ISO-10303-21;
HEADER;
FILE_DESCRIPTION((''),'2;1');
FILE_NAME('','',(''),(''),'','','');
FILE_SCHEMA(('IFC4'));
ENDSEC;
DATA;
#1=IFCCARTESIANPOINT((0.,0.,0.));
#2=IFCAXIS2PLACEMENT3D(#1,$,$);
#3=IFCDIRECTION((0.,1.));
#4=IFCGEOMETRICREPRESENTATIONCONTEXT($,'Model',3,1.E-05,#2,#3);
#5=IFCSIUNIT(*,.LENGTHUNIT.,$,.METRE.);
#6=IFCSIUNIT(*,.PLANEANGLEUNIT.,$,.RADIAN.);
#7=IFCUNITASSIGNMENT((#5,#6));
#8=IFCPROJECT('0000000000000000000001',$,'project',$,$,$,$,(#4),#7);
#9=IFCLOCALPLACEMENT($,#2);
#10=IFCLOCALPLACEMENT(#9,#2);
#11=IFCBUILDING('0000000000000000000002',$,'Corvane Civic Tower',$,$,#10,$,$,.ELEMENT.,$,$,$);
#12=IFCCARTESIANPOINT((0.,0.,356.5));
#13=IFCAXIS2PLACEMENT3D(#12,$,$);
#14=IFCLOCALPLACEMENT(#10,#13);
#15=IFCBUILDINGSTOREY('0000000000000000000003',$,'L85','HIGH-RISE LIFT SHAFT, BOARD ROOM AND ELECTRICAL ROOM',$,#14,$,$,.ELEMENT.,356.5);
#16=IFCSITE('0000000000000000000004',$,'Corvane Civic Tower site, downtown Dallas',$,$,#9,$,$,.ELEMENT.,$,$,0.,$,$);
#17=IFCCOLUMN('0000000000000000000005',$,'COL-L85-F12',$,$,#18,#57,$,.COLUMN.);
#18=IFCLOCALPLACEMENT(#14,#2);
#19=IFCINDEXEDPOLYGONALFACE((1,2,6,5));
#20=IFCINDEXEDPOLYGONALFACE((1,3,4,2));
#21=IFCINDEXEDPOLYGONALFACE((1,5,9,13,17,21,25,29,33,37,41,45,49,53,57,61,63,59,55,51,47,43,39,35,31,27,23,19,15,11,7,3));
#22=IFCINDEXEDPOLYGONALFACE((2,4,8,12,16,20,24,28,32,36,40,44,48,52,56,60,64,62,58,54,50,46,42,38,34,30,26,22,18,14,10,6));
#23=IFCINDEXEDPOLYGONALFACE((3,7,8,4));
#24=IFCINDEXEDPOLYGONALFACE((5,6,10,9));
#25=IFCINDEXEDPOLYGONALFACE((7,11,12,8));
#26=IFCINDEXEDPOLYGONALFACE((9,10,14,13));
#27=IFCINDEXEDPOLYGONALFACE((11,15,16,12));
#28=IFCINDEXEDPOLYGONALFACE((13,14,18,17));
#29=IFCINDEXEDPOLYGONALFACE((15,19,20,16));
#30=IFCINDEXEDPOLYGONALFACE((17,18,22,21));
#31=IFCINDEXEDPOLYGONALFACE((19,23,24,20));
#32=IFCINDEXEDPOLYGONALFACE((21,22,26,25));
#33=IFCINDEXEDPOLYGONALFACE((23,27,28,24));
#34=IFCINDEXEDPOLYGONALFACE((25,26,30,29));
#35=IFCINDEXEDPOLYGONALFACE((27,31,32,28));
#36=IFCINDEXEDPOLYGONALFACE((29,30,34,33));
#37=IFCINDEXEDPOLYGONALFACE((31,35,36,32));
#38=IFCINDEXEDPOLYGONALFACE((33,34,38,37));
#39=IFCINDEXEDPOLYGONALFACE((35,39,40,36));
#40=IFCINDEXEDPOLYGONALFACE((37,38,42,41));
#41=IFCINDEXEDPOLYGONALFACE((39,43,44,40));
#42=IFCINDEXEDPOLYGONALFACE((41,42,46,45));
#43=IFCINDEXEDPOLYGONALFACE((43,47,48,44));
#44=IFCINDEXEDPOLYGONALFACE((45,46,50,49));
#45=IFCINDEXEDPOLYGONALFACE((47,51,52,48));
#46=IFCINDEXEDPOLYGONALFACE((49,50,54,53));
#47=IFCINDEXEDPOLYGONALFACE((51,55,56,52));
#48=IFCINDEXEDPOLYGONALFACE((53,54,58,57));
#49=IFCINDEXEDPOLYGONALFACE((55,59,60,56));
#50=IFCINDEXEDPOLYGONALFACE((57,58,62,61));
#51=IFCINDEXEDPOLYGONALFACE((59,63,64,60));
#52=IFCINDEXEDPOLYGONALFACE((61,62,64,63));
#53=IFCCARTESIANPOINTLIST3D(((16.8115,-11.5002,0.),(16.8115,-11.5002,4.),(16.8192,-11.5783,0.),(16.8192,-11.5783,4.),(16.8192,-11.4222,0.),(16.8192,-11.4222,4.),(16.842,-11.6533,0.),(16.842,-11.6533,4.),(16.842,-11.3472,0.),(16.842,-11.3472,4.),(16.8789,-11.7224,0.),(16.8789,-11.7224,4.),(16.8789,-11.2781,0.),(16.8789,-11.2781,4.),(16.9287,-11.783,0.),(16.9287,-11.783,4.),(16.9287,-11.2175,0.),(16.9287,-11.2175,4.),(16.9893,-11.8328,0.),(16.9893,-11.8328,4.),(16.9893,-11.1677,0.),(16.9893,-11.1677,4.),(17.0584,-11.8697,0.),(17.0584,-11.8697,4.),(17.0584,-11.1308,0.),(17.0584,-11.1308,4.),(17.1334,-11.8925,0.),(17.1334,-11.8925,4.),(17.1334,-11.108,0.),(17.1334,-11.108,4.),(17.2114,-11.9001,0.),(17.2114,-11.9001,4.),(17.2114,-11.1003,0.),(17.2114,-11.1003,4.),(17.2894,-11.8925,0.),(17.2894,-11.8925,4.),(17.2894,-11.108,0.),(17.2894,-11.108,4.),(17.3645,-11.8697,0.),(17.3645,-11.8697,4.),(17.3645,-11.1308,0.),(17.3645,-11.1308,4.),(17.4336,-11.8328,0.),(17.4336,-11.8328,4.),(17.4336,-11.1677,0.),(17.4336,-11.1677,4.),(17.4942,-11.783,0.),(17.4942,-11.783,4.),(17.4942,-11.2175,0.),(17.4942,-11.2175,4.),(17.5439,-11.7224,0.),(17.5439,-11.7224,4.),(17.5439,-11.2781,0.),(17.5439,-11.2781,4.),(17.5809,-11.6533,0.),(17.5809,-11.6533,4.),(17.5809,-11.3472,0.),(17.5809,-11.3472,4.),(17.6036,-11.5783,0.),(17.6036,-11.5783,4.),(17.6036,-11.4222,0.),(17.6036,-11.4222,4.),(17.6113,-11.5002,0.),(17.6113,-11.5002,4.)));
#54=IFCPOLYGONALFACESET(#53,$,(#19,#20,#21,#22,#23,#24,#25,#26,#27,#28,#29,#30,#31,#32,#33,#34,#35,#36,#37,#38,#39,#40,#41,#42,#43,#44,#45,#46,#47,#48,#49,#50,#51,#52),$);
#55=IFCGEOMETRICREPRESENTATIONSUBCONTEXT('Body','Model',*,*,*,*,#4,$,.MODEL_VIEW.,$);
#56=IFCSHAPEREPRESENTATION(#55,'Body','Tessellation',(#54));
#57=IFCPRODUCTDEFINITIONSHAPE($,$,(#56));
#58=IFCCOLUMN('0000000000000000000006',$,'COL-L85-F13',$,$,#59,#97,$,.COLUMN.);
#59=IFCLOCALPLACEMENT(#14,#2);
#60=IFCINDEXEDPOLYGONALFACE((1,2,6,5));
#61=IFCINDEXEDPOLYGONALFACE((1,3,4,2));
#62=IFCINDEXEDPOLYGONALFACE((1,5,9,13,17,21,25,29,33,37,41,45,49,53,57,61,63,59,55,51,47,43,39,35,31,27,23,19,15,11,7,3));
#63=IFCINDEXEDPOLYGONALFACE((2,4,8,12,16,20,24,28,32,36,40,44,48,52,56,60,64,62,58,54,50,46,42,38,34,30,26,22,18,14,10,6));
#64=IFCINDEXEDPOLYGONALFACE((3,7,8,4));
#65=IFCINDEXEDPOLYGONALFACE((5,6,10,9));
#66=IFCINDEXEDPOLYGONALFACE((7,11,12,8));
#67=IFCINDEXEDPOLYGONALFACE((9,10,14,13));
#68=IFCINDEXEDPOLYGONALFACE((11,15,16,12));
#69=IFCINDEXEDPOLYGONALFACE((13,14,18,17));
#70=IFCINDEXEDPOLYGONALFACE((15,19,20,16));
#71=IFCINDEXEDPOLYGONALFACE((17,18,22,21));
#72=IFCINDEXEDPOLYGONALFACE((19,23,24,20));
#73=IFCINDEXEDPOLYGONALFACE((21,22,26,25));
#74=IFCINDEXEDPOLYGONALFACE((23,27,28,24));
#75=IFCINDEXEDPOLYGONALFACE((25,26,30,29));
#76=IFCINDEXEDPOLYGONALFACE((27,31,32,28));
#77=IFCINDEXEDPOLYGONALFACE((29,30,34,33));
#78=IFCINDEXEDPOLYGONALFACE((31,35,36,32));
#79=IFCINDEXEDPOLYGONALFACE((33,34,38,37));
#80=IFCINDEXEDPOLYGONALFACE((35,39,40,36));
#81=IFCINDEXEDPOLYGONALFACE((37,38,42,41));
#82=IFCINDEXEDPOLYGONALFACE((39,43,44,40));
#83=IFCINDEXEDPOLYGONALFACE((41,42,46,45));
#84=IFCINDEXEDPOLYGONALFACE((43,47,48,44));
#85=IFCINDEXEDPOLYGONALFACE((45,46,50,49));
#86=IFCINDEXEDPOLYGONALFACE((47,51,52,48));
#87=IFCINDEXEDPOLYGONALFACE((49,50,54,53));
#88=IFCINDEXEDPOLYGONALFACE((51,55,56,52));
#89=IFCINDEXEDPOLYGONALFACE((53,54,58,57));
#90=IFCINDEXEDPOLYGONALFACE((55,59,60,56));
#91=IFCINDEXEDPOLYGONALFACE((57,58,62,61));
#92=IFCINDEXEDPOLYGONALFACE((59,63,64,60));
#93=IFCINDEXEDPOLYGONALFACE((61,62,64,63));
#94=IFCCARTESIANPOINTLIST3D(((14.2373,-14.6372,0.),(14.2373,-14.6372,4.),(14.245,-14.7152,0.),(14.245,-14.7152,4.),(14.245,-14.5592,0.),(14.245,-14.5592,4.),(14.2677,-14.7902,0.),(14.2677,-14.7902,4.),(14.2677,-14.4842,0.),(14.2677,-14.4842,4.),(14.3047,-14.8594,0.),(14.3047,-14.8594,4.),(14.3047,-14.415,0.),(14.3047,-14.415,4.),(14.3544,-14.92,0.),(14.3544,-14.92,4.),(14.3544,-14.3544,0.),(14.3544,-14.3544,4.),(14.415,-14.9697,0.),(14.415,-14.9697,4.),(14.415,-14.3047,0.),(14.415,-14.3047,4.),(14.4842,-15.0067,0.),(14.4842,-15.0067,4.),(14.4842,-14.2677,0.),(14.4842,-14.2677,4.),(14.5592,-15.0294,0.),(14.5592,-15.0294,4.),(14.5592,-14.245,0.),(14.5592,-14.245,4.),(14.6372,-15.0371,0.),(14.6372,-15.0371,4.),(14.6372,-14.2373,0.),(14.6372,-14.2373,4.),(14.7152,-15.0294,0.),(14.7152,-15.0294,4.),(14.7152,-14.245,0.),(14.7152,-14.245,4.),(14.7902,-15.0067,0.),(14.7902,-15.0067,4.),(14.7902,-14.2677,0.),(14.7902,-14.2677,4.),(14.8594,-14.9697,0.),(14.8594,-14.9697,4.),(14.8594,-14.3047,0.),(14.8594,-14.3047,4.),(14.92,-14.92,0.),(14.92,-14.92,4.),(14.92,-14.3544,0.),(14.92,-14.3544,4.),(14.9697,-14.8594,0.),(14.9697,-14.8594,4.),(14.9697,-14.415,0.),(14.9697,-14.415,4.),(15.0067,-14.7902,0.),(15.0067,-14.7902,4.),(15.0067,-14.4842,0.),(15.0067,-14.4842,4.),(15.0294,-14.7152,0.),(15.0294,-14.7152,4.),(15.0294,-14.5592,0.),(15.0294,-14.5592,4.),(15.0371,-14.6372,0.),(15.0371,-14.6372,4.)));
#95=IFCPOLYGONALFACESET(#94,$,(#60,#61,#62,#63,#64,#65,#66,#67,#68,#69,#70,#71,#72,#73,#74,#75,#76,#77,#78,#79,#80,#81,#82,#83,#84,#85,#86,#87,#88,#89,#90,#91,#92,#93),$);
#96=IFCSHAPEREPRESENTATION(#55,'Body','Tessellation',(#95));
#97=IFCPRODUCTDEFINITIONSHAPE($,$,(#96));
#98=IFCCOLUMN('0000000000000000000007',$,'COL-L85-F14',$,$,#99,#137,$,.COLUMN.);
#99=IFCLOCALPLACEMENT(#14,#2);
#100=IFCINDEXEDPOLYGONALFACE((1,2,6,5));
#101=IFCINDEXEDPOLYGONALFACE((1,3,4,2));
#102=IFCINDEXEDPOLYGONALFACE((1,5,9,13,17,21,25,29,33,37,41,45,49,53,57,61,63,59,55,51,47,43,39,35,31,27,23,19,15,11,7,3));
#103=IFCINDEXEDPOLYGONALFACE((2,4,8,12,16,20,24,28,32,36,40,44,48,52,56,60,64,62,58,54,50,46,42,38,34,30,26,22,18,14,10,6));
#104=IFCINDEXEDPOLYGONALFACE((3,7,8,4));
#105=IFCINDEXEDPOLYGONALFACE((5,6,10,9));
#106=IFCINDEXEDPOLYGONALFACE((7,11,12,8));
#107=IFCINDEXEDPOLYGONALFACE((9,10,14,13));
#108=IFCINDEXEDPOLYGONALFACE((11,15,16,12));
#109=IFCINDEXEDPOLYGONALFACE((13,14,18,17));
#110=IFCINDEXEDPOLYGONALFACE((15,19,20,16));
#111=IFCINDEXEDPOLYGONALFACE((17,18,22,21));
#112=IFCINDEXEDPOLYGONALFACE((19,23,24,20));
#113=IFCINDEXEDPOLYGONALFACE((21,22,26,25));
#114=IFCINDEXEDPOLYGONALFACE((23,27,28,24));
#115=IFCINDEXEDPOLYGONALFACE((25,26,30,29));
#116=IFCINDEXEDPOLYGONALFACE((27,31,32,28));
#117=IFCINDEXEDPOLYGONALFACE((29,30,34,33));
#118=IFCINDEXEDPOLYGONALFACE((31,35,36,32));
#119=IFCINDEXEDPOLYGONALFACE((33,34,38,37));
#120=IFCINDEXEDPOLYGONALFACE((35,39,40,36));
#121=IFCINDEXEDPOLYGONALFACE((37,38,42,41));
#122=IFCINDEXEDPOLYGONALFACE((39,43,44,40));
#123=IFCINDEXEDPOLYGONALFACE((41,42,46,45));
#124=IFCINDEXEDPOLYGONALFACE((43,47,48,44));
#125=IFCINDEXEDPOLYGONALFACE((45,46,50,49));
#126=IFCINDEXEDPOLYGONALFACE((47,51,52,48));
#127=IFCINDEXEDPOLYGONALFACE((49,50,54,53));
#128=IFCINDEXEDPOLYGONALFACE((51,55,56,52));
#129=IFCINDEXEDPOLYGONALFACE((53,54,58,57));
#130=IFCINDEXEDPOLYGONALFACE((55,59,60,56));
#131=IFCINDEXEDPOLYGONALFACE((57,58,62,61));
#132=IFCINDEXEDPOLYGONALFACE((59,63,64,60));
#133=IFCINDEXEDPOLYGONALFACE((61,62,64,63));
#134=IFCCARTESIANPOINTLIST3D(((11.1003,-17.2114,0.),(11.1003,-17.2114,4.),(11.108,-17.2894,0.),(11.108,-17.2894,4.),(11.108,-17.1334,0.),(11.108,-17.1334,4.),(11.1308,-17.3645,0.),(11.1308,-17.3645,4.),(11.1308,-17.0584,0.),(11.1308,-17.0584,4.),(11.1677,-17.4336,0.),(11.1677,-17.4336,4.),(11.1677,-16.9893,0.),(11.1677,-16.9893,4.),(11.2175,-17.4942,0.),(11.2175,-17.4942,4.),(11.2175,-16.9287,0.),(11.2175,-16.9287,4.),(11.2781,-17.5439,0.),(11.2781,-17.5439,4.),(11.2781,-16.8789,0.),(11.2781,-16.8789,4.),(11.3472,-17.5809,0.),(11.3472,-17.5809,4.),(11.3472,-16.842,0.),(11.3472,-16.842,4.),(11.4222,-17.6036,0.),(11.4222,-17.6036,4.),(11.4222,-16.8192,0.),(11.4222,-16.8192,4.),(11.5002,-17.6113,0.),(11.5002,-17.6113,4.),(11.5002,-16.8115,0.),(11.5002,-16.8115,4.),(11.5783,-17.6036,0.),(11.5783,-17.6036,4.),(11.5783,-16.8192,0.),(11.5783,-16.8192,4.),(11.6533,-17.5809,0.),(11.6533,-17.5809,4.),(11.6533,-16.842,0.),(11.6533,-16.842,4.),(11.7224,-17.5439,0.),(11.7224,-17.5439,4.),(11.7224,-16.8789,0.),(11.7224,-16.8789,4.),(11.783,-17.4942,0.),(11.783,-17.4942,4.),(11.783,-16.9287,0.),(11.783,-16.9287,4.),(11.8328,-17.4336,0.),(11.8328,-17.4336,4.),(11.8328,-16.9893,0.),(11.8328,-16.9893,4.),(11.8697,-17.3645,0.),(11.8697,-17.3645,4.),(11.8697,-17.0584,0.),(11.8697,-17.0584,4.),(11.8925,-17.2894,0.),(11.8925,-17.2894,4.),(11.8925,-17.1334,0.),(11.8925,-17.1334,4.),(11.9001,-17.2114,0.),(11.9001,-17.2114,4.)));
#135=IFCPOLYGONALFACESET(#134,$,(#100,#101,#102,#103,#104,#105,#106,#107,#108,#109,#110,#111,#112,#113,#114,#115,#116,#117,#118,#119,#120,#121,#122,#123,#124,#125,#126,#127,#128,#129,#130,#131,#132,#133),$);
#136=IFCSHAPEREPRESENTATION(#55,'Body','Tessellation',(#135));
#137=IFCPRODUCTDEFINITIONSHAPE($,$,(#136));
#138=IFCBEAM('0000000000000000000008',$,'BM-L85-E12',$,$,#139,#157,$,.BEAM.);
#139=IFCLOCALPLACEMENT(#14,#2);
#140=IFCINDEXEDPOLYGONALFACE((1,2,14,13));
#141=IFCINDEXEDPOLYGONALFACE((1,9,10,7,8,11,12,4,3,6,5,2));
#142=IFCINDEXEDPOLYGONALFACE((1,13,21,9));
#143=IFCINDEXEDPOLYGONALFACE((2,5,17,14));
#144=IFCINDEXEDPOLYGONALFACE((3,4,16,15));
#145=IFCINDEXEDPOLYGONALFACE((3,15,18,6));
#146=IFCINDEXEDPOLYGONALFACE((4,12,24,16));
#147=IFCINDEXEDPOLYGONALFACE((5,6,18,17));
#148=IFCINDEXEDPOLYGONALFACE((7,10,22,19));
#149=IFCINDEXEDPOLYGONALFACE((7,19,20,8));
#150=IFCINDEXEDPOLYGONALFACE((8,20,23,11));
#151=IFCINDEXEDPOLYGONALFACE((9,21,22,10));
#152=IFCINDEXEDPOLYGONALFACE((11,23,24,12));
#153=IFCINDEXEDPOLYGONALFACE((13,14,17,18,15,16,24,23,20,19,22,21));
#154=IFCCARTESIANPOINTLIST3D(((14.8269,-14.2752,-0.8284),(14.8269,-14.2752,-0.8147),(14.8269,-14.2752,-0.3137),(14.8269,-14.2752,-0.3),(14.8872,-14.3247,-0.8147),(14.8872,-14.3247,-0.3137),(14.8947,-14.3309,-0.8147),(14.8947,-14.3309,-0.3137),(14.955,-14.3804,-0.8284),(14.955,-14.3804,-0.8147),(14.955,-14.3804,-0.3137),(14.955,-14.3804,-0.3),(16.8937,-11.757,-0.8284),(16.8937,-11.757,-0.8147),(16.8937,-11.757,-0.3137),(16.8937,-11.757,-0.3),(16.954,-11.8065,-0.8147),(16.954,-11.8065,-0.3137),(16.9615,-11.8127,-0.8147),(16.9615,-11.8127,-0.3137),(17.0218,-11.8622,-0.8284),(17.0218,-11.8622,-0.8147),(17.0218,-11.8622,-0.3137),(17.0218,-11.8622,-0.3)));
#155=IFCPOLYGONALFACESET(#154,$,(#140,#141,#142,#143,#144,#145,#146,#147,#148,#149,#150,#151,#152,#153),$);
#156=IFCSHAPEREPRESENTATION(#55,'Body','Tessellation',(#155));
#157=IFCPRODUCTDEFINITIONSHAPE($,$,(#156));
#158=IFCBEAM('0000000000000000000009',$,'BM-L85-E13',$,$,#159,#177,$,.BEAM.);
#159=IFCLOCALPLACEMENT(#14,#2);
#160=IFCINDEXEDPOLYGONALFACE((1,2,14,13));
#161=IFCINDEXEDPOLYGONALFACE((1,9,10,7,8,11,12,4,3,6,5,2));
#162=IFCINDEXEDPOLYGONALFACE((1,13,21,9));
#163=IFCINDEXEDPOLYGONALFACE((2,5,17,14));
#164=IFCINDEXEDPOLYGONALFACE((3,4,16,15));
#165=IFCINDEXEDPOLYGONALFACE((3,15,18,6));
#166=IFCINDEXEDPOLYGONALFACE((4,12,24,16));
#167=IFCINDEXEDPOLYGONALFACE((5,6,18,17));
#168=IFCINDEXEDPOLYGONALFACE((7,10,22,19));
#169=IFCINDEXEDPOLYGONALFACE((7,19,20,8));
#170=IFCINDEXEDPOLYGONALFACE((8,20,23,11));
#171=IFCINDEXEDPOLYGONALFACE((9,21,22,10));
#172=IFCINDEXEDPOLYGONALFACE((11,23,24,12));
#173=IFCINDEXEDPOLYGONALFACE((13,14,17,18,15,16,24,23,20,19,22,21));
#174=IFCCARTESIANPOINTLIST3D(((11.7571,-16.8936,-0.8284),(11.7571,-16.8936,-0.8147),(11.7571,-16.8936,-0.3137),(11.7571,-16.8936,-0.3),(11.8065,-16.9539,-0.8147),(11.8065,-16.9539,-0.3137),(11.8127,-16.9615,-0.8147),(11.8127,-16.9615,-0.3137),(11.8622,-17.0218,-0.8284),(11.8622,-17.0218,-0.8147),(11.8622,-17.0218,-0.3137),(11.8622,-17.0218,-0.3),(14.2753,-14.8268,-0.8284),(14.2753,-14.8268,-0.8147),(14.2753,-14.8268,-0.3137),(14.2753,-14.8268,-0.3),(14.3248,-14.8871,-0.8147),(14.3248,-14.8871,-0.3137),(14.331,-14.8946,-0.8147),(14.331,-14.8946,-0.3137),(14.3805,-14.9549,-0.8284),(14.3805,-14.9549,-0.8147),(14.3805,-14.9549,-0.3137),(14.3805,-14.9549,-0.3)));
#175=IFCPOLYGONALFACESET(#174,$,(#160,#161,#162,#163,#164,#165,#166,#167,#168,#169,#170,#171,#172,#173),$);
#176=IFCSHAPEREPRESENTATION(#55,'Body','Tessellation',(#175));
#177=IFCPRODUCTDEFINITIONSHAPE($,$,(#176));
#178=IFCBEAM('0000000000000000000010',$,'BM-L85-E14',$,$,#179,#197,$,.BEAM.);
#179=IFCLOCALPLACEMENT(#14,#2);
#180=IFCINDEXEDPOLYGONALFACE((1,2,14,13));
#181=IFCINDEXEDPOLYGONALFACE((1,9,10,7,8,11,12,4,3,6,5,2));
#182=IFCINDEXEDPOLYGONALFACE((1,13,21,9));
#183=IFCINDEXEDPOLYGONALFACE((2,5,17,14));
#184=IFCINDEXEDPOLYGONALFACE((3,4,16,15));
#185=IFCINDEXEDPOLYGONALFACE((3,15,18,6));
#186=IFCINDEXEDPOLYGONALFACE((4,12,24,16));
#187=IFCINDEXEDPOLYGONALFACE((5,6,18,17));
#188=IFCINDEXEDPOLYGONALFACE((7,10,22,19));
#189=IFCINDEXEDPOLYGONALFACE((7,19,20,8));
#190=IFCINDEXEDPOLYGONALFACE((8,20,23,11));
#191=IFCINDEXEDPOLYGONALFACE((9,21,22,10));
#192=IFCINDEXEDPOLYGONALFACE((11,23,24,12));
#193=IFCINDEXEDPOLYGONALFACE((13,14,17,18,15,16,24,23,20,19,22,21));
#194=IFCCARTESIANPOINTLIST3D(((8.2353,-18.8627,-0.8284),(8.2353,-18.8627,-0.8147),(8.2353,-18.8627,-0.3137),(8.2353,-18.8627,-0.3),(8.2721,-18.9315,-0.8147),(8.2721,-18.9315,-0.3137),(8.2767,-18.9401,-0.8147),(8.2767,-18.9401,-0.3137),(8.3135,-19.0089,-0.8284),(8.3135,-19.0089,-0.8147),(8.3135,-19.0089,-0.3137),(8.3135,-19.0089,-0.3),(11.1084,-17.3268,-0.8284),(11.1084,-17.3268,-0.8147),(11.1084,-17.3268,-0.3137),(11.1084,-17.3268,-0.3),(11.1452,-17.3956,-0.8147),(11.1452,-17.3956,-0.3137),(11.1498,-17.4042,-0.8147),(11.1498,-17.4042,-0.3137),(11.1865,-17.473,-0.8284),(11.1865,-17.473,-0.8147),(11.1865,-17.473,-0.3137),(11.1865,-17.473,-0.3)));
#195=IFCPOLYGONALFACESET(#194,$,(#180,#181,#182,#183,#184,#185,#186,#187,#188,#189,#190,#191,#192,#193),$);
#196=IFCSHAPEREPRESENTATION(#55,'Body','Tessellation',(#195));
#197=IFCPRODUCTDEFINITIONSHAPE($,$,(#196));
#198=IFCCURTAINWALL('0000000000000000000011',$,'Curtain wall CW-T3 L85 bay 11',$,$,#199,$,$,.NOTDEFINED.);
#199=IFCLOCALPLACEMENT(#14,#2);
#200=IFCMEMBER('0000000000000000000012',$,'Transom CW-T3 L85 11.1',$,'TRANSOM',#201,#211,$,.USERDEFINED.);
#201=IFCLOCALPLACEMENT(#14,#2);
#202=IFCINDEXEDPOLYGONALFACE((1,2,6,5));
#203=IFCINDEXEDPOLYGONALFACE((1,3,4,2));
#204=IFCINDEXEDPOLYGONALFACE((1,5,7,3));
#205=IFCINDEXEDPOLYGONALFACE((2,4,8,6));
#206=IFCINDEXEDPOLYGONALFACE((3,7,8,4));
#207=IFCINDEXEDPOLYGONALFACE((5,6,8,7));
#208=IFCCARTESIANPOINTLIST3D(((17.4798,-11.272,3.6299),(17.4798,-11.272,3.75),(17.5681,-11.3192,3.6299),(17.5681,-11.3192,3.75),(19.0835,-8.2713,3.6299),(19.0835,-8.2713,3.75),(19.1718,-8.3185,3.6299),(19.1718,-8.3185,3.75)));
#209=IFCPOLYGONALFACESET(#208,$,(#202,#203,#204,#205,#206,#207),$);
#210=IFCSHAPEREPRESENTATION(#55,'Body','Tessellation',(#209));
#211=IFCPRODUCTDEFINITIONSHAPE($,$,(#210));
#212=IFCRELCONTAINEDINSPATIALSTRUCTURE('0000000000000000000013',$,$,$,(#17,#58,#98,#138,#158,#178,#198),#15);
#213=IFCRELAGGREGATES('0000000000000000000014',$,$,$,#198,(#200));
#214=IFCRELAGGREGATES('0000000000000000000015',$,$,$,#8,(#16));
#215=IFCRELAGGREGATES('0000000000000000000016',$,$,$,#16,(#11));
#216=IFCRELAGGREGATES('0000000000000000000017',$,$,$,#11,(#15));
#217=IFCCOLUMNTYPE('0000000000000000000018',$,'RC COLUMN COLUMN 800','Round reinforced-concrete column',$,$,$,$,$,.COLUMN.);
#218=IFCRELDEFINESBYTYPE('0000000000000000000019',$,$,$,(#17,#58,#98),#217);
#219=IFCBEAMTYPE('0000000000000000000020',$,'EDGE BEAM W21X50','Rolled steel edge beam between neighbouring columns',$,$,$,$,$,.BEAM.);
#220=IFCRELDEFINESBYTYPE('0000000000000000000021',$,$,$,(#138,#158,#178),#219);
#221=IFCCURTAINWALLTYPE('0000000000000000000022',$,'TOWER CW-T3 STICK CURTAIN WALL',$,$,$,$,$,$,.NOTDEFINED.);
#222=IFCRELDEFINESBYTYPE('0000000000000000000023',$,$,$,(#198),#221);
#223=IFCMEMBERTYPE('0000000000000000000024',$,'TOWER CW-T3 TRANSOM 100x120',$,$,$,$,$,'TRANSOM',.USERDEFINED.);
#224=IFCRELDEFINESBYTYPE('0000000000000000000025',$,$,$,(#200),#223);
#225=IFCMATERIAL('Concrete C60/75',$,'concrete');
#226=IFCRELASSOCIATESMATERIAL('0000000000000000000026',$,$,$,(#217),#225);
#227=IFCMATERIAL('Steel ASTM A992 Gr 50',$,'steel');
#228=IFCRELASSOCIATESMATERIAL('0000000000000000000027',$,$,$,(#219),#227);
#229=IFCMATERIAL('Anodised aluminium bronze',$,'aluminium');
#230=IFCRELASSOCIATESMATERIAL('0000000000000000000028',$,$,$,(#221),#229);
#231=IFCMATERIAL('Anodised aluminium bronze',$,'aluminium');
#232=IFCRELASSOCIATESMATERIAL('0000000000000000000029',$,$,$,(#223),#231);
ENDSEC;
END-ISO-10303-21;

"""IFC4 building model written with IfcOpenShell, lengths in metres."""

from ifc_helpers import new_model, si_unit, direction, frame, origin, origin_2d, place, context, subcontext, project, spatial, rectangle, circle, i_section, extrude, material, material_profile, profile_set, type_object, element, aggregate, save


model = new_model("IFC4")

# Units and contexts
model_context = context("Model", 3, precision=1e-05, world=origin(), true_north=direction((0.0, 1.0)))
body_context = subcontext(model_context, "Body", "Model", "MODEL_VIEW")
ifc_project = project(units=[si_unit("LENGTHUNIT", "METRE"), si_unit("PLANEANGLEUNIT", "RADIAN")], contexts=[model_context])

# Site, building, storey
site_placement = place(None, origin())
site = spatial("IfcSite", under=ifc_project, at=site_placement, Name="Corvane Civic Tower site, downtown Dallas", CompositionType="ELEMENT", RefElevation=0.0)
building_placement = place(site_placement, origin())
building = spatial("IfcBuilding", under=site, at=building_placement, Name="Corvane Civic Tower", CompositionType="ELEMENT")
storey_placement = place(building_placement, frame((0.0, 0.0, 356.5)))
storey = spatial("IfcBuildingStorey", under=building, at=storey_placement, Name="L85", Description="HIGH-RISE LIFT SHAFT, BOARD ROOM AND ELECTRICAL ROOM", CompositionType="ELEMENT", Elevation=356.5)

# Columns
ifc_material_1 = material(Name="Concrete C60/75", Category="concrete")
ifc_material_profile_1 = material_profile(ifc_material_1, circle(Radius=0.3999, at=origin_2d()), Name="COLUMN 800")
ifc_profile_set_1 = profile_set([ifc_material_profile_1], Name="Concrete C60/75")
column_type = type_object("IfcColumnType", Name="RC COLUMN COLUMN 800", Description="Round reinforced-concrete column", PredefinedType="COLUMN", material=ifc_profile_set_1)
for number, where, z_axis, x_axis, name in (
    (1, (17.2114, -11.5002, 0.0), (0.0, 0.0, 1.0), (1.0, 0.0, 0.0), "COL-L85-F12"),
    (2, (14.6372, -14.6372, 0.0), (0.0, 0.0, 1.0), (1.0, 0.0, 0.0), "COL-L85-F13"),
    (3, (11.5002, -17.2114, 0.0), (0.0, 0.0, 1.0), (1.0, 0.0, 0.0), "COL-L85-F14"),
):
    element("IfcColumn", number, at=place(storey_placement, frame(where, z_axis=z_axis, x_axis=x_axis)), inside=storey, type_object=column_type, Name=name, PredefinedType="COLUMN", context=body_context, shape_type="SweptSolid", body=[
        extrude(circle(Radius=0.3999, at=origin_2d()), origin(), (0.0, 0.0, 1.0), 4.0),
    ])

# Beams
ifc_material_2 = material(Name="Steel ASTM A992 Gr 50", Category="steel")
ifc_material_profile_2 = material_profile(ifc_material_2, i_section(OverallWidth=0.1658, OverallDepth=0.5283, WebThickness=0.0098, FlangeThickness=0.0137, at=origin_2d()), Name="W21X50")
ifc_profile_set_2 = profile_set([ifc_material_profile_2], Name="Steel ASTM A992 Gr 50")
beam_type = type_object("IfcBeamType", Name="EDGE BEAM W21X50", Description="Rolled steel edge beam between neighbouring columns", PredefinedType="BEAM", material=ifc_profile_set_2)
for number, where, z_axis, x_axis, name in (
    (4, (16.9578, -11.8096, -0.5642), (-0.634425, -0.772985, 0.0), (0.772985, -0.634425, 0.0), "BM-L85-E12"),
    (5, (14.3279, -14.8909, -0.5642), (-0.772985, -0.634425, 0.0), (0.634425, -0.772985, 0.0), "BM-L85-E13"),
    (6, (11.1475, -17.3999, -0.5642), (-0.881894, -0.471448, 0.0), (0.471448, -0.881894, 0.0), "BM-L85-E14"),
):
    element("IfcBeam", number, at=place(storey_placement, frame(where, z_axis=z_axis, x_axis=x_axis)), inside=storey, type_object=beam_type, Name=name, PredefinedType="BEAM", context=body_context, shape_type="SweptSolid", body=[
        extrude(i_section(OverallWidth=0.1658, OverallDepth=0.5283, WebThickness=0.0098, FlangeThickness=0.0137, at=origin_2d()), origin(), (0.0, 0.0, 1.0), 3.2578),
    ])

# Curtain wall, member
ifc_material_3 = material(Name="Anodised aluminium bronze", Category="aluminium")
curtain_wall_type = type_object("IfcCurtainWallType", Name="TOWER CW-T3 STICK CURTAIN WALL", PredefinedType="NOTDEFINED", material=ifc_material_3)
curtain_wall_1_placement = place(storey_placement, origin())
curtain_wall_1 = element("IfcCurtainWall", 7, at=curtain_wall_1_placement, inside=storey, type_object=curtain_wall_type, Name="Curtain wall CW-T3 L85 bay 11", PredefinedType="NOTDEFINED")
ifc_material_4 = material(Name="Anodised aluminium bronze", Category="aluminium")
ifc_material_profile_3 = material_profile(ifc_material_4, rectangle(XDim=0.1001, YDim=0.1201, at=origin_2d()), Name="TOWER CW-T3 TRANSOM 100x120")
ifc_profile_set_3 = profile_set([ifc_material_profile_3], Name="Anodised aluminium bronze")
member_type = type_object("IfcMemberType", Name="TOWER CW-T3 TRANSOM 100x120", ElementType="TRANSOM", PredefinedType="USERDEFINED", material=ifc_profile_set_3)
member_1_placement = place(storey_placement, frame((19.1277, -8.2949, 3.6899), z_axis=(-0.471359, -0.881941, 0.0), x_axis=(0.881941, -0.471359, 0.0)))
member_1 = element("IfcMember", 8, at=member_1_placement, type_object=member_type, Name="Transom CW-T3 L85 11.1", ObjectType="TRANSOM", PredefinedType="USERDEFINED", context=body_context, shape_type="SweptSolid", body=[
    extrude(rectangle(XDim=0.1001, YDim=0.1201, at=origin_2d()), origin(), (0.0, 0.0, 1.0), 3.4023),
])

aggregate(curtain_wall_1, [member_1])

save(model, "model.ifc")
